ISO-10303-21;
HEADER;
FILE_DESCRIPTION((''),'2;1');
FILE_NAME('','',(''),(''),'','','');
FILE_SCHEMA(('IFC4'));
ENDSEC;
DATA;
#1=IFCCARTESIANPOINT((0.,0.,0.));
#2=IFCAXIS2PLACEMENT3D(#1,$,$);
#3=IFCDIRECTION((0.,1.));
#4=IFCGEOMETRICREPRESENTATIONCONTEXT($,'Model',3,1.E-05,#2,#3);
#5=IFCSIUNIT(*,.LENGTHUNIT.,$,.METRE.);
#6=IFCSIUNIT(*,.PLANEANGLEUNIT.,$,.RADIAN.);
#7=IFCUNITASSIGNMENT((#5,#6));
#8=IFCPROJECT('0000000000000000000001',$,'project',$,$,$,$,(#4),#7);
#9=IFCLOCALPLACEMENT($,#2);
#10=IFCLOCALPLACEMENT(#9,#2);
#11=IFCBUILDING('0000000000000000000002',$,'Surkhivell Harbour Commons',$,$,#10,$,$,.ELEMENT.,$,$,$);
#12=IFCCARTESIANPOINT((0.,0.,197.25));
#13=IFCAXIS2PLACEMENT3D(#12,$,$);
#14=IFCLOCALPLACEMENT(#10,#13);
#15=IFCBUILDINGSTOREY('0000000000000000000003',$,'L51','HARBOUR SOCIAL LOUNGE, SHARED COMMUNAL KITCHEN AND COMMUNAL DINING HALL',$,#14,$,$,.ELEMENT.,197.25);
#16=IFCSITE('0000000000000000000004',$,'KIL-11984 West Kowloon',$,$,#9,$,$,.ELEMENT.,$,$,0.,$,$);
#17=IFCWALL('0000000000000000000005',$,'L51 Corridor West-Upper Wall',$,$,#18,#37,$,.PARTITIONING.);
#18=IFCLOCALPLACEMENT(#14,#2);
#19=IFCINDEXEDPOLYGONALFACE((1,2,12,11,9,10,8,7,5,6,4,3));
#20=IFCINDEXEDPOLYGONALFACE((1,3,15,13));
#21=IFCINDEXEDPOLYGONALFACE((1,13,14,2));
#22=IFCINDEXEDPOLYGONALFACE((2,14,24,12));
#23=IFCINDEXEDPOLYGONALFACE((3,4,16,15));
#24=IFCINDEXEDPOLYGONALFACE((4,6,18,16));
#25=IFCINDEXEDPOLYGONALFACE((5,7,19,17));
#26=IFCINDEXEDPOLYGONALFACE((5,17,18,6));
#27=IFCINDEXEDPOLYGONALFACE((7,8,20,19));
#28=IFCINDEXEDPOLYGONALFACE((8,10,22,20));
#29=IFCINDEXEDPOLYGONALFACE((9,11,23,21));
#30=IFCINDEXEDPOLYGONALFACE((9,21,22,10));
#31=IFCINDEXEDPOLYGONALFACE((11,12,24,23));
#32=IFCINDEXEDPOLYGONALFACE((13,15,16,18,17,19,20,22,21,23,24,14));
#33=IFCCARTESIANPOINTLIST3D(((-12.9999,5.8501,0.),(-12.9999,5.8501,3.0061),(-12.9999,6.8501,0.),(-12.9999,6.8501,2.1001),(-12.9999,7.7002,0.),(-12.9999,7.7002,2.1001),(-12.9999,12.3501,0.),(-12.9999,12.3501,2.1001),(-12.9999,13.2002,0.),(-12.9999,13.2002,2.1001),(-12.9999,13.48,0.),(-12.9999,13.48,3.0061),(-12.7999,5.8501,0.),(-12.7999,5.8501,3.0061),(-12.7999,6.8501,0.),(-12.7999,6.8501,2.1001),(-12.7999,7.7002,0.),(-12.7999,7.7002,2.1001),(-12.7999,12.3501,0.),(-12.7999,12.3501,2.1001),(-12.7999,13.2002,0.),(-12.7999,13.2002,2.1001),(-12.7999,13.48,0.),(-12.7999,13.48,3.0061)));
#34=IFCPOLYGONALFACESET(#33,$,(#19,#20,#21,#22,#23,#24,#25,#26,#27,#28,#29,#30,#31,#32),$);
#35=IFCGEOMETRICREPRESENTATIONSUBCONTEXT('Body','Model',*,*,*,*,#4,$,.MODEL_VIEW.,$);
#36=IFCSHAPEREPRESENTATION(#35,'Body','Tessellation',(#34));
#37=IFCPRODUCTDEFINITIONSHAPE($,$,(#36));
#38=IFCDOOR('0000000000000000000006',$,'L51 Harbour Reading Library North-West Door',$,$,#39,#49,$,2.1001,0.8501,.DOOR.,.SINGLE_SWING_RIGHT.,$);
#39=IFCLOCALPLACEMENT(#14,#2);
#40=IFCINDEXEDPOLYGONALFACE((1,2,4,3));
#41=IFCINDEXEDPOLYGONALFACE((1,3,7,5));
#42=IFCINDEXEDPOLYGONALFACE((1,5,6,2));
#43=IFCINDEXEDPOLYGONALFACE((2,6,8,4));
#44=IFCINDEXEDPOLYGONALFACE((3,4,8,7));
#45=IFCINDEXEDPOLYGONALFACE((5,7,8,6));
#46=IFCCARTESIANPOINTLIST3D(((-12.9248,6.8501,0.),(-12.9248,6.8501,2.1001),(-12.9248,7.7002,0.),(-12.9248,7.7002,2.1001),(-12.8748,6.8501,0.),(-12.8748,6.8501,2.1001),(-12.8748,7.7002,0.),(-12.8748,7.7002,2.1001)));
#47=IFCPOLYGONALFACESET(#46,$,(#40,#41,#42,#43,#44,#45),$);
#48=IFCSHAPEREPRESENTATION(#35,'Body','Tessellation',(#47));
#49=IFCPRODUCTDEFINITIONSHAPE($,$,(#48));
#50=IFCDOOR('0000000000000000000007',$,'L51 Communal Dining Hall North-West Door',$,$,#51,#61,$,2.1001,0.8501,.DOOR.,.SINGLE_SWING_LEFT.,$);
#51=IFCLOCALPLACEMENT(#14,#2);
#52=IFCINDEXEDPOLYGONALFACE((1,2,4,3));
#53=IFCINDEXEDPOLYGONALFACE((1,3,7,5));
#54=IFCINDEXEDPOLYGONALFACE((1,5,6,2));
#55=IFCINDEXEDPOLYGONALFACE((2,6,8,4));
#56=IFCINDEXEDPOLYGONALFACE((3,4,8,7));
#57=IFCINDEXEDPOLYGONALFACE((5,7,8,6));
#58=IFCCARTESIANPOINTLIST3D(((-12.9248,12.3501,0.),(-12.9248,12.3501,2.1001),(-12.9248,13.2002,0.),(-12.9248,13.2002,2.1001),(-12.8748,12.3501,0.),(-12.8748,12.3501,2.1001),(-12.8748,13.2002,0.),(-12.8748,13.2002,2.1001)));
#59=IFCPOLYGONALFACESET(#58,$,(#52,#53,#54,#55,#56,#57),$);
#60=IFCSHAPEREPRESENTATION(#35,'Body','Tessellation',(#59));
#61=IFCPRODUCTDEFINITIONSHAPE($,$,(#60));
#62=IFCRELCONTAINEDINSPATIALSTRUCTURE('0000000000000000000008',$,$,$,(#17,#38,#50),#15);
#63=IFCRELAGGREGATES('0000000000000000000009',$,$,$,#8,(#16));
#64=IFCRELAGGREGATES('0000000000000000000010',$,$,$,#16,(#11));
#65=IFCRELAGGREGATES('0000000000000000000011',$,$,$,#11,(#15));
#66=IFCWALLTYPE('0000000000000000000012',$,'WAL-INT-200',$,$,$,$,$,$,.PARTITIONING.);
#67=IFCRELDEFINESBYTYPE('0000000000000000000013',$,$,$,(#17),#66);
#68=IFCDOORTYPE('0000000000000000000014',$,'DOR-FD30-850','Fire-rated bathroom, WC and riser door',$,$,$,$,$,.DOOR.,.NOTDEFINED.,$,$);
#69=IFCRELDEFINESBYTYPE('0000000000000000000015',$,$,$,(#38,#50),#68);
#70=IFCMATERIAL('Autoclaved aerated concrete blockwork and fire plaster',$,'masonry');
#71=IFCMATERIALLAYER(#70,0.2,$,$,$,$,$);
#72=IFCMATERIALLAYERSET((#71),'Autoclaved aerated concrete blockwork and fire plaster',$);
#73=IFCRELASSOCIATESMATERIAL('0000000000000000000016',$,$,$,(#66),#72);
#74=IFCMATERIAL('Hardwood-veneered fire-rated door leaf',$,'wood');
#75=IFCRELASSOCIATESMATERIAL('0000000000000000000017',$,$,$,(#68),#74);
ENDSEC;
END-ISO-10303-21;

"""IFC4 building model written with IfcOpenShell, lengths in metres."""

from ifc_helpers import new_model, si_unit, direction, frame, frame_2d, origin, place, context, subcontext, project, spatial, rectangle, extrude, material, layer, layer_set, type_object, element, fill, save


model = new_model("IFC4")

# Units and contexts
model_context = context("Model", 3, precision=1e-05, world=origin(), true_north=direction((0.0, 1.0)))
body_context = subcontext(model_context, "Body", "Model", "MODEL_VIEW")
ifc_project = project(units=[si_unit("LENGTHUNIT", "METRE"), si_unit("PLANEANGLEUNIT", "RADIAN")], contexts=[model_context])

# Site, building, storey
site_placement = place(None, origin())
site = spatial("IfcSite", under=ifc_project, at=site_placement, Name="KIL-11984 West Kowloon", CompositionType="ELEMENT", RefElevation=0.0)
building_placement = place(site_placement, origin())
building = spatial("IfcBuilding", under=site, at=building_placement, Name="Surkhivell Harbour Commons", CompositionType="ELEMENT")
storey_placement = place(building_placement, frame((0.0, 0.0, 197.25)))
storey = spatial("IfcBuildingStorey", under=building, at=storey_placement, Name="L51", Description="HARBOUR SOCIAL LOUNGE, SHARED COMMUNAL KITCHEN AND COMMUNAL DINING HALL", CompositionType="ELEMENT", Elevation=197.25)

# Shared definitions
ifc_material_1 = material(Name="Hardwood-veneered fire-rated door leaf", Category="wood")

# Shared definitions
ifc_material_2 = material(Name="Autoclaved aerated concrete blockwork and fire plaster", Category="masonry")
ifc_layer_1 = layer(ifc_material_2, 0.2)
ifc_layer_set_1 = layer_set([ifc_layer_1], Name="Autoclaved aerated concrete blockwork and fire plaster")
wall_type_1 = type_object("IfcWallType", Name="WAL-INT-200", PredefinedType="PARTITIONING", material=ifc_layer_set_1)

# Wall, openings, doors
wall_1_placement = place(storey_placement, frame((-12.8999, 5.8501, 0.0), z_axis=(0.0, 0.0, 1.0), x_axis=(0.0, 1.0, 0.0)))
wall_1 = element("IfcWall", 1, at=wall_1_placement, inside=storey, type_object=wall_type_1, Name="L51 Corridor West-Upper Wall", PredefinedType="PARTITIONING", context=body_context, shape_type="SweptSolid", body=[
    extrude(rectangle(XDim=7.6299, YDim=0.2, at=frame_2d((3.8149, 0.0))), origin(), (0.0, 0.0, 1.0), 3.0061),
])
opening_1_placement = place(wall_1_placement, frame((1.0, 0.0, 0.0)))
opening_1 = element("IfcOpeningElement", 2, at=opening_1_placement, cuts=wall_1, PredefinedType="OPENING", context=body_context, shape_type="SweptSolid", body=[
    extrude(rectangle(XDim=0.8501, YDim=2.1001, at=frame_2d((0.425, 1.05))), frame((0.0, 0.1099, 0.0), z_axis=(0.0, -1.0, 0.0), x_axis=(1.0, 0.0, 0.0)), (0.0, 0.0, 1.0), 0.22),
])
opening_2_placement = place(wall_1_placement, frame((6.5, 0.0, 0.0)))
opening_2 = element("IfcOpeningElement", 3, at=opening_2_placement, cuts=wall_1, PredefinedType="OPENING", context=body_context, shape_type="SweptSolid", body=[
    extrude(rectangle(XDim=0.8501, YDim=2.1001, at=frame_2d((0.425, 1.05))), frame((0.0, 0.1099, 0.0), z_axis=(0.0, -1.0, 0.0), x_axis=(1.0, 0.0, 0.0)), (0.0, 0.0, 1.0), 0.22),
])
door_type_1 = type_object("IfcDoorType", Name="DOR-FD30-850", Description="Fire-rated bathroom, WC and riser door", OperationType="NOTDEFINED", PredefinedType="DOOR", material=ifc_material_1)
door_1_placement = place(opening_1_placement, origin())
door_1 = element("IfcDoor", 4, at=door_1_placement, inside=storey, type_object=door_type_1, Name="L51 Harbour Reading Library North-West Door", OperationType="SINGLE_SWING_RIGHT", OverallHeight=2.1001, OverallWidth=0.8501, PredefinedType="DOOR", context=body_context, shape_type="SweptSolid", body=[
    extrude(rectangle(XDim=0.8501, YDim=2.1001, at=frame_2d((0.425, 1.05))), frame((0.0, 0.0249, 0.0), z_axis=(0.0, -1.0, 0.0), x_axis=(1.0, 0.0, 0.0)), (0.0, 0.0, 1.0), 0.05),
])
fill(opening_1, door_1)
door_2_placement = place(opening_2_placement, origin())
door_2 = element("IfcDoor", 5, at=door_2_placement, inside=storey, type_object=door_type_1, Name="L51 Communal Dining Hall North-West Door", OperationType="SINGLE_SWING_LEFT", OverallHeight=2.1001, OverallWidth=0.8501, PredefinedType="DOOR", context=body_context, shape_type="SweptSolid", body=[
    extrude(rectangle(XDim=0.8501, YDim=2.1001, at=frame_2d((0.425, 1.05))), frame((0.0, 0.0249, 0.0), z_axis=(0.0, -1.0, 0.0), x_axis=(1.0, 0.0, 0.0)), (0.0, 0.0, 1.0), 0.05),
])
fill(opening_2, door_2)

save(model, "model.ifc")
